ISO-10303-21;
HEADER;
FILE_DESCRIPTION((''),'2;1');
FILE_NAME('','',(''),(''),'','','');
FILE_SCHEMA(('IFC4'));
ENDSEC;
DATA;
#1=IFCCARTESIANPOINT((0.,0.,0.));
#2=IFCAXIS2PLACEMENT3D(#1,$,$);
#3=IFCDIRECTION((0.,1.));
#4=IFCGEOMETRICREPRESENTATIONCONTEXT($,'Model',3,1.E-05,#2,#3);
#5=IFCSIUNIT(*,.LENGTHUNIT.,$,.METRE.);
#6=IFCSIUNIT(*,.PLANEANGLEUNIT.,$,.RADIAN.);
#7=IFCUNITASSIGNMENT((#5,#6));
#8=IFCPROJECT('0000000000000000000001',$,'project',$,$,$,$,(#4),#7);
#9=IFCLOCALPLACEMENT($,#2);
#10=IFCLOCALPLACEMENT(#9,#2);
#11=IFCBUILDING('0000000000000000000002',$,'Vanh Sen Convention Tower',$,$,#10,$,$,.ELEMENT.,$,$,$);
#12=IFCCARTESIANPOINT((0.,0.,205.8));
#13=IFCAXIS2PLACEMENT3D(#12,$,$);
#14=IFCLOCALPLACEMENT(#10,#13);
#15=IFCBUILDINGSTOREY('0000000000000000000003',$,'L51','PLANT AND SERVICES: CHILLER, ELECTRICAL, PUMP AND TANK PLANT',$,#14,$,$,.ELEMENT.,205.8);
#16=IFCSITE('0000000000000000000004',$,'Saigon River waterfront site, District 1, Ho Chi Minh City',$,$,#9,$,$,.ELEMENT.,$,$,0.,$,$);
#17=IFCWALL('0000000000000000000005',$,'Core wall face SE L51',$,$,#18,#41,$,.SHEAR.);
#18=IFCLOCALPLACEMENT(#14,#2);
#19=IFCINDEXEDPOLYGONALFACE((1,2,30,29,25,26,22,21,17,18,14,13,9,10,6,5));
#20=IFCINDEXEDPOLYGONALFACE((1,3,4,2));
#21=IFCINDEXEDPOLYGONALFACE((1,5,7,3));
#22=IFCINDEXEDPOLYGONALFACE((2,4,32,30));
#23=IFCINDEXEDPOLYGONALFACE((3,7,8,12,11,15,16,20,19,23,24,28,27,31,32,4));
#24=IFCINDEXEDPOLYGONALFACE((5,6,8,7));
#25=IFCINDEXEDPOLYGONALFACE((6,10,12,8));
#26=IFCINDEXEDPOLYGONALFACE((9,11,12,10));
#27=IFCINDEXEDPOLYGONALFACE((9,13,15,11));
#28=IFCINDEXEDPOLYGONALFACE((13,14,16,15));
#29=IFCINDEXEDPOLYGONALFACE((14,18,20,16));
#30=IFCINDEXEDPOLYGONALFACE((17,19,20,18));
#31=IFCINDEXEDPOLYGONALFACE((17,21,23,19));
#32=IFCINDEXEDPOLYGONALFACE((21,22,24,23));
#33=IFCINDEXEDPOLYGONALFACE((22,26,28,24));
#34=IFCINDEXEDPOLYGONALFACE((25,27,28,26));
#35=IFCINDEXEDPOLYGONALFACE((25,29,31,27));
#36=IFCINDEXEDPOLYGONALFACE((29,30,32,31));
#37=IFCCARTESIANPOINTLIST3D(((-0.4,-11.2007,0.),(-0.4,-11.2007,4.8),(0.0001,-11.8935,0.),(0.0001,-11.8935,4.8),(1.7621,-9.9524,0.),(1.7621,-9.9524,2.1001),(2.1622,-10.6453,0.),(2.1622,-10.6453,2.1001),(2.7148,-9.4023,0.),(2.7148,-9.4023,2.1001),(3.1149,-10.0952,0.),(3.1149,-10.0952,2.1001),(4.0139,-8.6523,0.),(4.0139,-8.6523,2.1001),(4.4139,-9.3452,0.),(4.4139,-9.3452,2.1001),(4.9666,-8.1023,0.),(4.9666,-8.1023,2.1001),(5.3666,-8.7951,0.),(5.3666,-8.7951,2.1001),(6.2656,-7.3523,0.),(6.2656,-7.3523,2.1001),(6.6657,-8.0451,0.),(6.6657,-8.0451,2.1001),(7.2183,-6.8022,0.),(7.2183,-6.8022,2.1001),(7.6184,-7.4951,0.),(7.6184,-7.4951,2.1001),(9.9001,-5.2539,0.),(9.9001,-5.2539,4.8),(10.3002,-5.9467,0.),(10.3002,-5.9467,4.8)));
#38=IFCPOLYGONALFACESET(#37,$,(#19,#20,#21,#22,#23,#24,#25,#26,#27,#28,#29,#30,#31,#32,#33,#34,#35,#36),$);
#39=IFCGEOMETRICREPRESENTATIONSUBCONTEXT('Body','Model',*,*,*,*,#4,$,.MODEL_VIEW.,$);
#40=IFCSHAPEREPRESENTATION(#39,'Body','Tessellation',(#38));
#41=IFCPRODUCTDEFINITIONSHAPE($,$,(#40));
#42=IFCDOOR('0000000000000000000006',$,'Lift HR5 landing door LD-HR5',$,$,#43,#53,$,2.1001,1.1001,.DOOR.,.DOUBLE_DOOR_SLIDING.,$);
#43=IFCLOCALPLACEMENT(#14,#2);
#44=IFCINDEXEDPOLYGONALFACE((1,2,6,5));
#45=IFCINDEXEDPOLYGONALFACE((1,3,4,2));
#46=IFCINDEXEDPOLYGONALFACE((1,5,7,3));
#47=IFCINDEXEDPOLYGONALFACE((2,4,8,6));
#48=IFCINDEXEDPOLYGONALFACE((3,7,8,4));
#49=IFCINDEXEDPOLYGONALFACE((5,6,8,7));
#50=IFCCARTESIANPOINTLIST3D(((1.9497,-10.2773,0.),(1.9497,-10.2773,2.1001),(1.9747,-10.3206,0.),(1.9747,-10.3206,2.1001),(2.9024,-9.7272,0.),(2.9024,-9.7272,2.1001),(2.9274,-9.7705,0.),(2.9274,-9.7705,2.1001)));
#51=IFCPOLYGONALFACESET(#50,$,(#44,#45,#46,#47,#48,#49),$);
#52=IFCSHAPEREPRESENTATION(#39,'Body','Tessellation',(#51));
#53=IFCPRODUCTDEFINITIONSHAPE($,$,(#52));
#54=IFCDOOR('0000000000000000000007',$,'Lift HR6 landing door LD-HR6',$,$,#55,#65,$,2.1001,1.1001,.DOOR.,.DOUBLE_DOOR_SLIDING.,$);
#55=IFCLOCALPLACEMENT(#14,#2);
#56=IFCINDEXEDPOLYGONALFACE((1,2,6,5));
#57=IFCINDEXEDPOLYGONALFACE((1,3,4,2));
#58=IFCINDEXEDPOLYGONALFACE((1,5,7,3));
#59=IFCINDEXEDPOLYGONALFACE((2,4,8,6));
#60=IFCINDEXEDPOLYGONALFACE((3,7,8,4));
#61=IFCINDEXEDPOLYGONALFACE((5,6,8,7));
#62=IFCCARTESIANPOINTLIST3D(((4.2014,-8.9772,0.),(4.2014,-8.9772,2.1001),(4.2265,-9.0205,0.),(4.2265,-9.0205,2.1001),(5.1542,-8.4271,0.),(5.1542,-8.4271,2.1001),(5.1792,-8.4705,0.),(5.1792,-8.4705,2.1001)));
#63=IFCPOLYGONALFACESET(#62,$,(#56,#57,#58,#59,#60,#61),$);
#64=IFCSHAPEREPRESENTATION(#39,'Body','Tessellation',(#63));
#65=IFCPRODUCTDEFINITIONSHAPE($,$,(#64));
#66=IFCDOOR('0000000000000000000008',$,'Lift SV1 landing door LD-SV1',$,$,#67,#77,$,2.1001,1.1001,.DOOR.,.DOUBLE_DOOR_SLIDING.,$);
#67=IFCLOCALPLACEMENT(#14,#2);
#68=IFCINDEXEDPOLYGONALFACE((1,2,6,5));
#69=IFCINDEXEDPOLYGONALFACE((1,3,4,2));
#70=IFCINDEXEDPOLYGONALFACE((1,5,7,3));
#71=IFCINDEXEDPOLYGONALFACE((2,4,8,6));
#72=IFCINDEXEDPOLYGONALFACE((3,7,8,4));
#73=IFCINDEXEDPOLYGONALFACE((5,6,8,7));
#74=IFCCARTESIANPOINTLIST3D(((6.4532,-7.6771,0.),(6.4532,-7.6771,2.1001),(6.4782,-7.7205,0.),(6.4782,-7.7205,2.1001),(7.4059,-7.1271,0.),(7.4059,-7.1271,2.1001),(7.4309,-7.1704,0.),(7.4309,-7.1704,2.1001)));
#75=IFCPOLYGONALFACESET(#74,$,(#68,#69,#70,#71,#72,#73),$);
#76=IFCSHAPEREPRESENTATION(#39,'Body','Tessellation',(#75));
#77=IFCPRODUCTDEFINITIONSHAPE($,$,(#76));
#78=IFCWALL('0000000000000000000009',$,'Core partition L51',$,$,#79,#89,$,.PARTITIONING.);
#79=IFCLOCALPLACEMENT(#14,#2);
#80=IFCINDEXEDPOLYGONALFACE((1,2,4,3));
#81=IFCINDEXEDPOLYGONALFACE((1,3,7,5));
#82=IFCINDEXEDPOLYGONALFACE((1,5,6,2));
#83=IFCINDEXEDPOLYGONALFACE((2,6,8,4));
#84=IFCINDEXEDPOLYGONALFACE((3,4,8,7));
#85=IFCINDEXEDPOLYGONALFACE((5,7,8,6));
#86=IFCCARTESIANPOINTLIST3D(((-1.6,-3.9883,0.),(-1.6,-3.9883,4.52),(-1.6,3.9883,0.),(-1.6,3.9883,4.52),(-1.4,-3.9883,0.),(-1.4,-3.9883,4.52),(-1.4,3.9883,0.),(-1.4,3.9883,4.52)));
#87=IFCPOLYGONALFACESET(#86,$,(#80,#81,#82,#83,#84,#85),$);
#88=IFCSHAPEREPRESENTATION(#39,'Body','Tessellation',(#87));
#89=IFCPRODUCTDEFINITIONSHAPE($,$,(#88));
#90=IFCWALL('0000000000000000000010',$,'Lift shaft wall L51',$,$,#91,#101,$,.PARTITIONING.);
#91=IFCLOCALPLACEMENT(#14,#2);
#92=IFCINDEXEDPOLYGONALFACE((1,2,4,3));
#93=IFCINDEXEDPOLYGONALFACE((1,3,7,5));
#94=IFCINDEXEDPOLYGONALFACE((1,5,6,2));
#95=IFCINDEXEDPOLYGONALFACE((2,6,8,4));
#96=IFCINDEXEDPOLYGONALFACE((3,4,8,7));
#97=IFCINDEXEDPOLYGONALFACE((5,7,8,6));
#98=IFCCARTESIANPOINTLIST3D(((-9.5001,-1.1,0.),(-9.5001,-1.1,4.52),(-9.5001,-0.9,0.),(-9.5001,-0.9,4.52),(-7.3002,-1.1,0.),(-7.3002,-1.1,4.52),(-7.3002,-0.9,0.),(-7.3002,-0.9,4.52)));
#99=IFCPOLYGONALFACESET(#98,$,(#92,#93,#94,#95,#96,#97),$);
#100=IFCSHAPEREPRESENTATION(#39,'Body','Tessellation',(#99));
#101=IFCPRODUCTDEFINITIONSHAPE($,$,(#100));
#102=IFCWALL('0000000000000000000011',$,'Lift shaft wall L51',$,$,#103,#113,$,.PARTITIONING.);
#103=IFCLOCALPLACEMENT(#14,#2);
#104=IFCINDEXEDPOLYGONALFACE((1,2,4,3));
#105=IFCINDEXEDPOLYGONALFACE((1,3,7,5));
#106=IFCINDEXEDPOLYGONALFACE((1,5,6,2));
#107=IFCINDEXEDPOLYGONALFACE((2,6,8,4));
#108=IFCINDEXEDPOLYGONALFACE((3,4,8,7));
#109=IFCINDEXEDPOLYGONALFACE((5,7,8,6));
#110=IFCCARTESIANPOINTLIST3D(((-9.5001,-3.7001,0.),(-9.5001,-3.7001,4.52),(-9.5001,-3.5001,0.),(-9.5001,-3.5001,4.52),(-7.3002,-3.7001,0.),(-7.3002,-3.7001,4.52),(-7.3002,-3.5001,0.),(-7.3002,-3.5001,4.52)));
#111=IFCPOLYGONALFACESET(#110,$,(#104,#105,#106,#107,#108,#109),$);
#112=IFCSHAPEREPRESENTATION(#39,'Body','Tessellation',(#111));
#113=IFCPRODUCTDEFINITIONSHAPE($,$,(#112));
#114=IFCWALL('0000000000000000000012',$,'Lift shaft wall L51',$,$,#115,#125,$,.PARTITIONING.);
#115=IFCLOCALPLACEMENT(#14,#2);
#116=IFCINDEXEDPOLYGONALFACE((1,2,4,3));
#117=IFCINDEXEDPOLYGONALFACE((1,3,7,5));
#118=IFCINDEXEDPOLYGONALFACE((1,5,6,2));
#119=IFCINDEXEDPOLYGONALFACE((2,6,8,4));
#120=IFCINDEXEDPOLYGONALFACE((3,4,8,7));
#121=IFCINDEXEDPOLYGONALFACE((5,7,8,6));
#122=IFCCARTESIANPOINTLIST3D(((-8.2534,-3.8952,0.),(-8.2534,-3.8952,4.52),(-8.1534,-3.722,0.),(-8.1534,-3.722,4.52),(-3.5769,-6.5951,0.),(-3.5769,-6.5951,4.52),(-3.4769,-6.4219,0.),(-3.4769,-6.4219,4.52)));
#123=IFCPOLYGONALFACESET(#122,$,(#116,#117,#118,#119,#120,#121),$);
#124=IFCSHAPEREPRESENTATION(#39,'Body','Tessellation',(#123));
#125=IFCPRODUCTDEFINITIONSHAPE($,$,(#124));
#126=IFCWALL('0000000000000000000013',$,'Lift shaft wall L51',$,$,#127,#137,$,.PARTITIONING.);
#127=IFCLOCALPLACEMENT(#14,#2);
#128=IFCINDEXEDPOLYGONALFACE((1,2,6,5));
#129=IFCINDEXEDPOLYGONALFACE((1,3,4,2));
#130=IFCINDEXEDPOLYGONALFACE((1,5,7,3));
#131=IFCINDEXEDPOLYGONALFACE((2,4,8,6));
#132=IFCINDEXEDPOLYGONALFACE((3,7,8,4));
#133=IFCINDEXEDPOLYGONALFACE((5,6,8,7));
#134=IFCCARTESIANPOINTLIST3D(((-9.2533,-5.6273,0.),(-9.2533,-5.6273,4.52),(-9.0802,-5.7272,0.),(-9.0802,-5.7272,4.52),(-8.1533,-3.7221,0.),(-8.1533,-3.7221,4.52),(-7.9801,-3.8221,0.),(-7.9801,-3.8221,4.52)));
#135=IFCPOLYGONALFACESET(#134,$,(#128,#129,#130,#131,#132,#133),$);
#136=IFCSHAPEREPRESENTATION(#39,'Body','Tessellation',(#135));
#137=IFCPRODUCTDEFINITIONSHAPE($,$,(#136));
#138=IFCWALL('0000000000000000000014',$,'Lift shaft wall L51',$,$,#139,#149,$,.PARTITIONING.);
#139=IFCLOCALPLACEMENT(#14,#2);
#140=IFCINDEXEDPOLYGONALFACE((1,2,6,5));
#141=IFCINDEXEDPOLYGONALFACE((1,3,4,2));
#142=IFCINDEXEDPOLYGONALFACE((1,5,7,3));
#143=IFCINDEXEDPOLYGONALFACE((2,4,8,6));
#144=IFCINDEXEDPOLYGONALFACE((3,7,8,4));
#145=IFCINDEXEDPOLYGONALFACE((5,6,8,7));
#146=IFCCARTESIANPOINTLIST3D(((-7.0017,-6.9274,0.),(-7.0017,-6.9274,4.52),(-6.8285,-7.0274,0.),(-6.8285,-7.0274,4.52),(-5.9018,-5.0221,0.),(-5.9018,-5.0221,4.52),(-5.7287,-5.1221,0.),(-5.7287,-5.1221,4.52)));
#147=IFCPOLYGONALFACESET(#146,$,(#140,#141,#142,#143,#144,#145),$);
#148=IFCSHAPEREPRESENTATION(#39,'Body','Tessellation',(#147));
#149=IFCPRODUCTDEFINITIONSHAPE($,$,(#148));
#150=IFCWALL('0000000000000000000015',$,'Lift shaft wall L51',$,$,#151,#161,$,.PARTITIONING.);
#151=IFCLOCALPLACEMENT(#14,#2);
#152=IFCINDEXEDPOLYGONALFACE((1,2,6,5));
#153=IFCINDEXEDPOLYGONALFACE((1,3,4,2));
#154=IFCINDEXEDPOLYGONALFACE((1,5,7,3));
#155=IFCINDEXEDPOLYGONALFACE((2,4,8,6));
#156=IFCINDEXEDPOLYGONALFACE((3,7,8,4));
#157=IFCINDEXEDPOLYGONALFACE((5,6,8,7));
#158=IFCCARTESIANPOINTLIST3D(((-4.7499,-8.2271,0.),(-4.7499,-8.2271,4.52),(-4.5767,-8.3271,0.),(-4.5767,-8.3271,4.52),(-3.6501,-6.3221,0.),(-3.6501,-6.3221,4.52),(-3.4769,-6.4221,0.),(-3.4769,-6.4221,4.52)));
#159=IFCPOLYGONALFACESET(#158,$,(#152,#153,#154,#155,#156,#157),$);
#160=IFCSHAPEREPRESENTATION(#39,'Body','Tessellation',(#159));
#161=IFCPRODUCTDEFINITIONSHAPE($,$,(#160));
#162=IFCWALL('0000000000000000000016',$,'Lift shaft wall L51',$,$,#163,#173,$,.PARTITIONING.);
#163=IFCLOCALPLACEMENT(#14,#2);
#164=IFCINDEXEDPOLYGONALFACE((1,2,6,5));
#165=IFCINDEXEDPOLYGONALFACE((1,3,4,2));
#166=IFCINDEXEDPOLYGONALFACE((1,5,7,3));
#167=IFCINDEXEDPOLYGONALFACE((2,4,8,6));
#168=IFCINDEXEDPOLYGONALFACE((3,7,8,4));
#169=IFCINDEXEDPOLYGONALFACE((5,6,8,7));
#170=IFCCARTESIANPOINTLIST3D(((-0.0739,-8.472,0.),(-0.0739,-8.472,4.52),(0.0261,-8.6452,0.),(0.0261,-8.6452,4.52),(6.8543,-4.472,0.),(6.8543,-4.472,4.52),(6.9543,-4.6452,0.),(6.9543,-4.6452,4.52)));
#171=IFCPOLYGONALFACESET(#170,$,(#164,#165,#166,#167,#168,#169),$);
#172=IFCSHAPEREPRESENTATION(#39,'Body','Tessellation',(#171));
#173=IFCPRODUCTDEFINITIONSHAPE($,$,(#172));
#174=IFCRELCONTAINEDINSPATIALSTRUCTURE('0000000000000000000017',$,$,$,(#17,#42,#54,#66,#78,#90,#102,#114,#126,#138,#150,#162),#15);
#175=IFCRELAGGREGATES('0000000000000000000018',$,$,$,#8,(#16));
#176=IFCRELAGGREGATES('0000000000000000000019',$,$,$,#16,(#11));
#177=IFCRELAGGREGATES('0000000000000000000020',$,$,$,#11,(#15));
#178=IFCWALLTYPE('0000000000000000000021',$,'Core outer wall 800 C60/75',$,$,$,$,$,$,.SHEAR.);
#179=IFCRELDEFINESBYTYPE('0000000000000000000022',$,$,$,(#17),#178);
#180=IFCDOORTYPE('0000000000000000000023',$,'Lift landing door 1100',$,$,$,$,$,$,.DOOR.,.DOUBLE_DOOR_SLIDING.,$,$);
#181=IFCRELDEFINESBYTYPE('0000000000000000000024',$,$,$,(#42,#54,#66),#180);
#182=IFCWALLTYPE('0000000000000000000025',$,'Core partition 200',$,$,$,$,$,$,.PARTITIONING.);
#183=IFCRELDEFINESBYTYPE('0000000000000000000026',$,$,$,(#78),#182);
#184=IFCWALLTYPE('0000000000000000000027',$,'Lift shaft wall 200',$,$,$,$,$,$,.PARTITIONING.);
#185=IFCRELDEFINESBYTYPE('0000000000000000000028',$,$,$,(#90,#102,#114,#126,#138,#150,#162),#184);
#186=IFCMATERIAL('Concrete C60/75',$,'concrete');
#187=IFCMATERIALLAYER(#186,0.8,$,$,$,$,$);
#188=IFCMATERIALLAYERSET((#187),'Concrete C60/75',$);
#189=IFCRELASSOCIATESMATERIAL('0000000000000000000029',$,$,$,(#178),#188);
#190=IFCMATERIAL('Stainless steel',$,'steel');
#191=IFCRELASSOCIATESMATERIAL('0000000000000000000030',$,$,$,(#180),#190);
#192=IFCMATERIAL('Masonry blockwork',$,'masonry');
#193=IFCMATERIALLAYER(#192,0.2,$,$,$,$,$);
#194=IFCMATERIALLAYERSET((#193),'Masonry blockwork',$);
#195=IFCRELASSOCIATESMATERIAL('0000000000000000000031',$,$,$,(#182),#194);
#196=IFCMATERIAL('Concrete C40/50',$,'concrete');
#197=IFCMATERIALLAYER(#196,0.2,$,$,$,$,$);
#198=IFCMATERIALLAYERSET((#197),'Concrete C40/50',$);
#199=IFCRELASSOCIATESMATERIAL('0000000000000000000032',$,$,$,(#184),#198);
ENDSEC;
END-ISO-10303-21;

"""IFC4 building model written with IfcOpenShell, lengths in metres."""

from ifc_helpers import new_model, si_unit, direction, frame, frame_2d, origin, place, context, subcontext, project, spatial, rectangle, extrude, material, layer, layer_set, type_object, element, fill, save


model = new_model("IFC4")

# Units and contexts
model_context = context("Model", 3, precision=1e-05, world=origin(), true_north=direction((0.0, 1.0)))
body_context = subcontext(model_context, "Body", "Model", "MODEL_VIEW")
ifc_project = project(units=[si_unit("LENGTHUNIT", "METRE"), si_unit("PLANEANGLEUNIT", "RADIAN")], contexts=[model_context])

# Site, building, storey
site_placement = place(None, origin())
site = spatial("IfcSite", under=ifc_project, at=site_placement, Name="Saigon River waterfront site, District 1, Ho Chi Minh City", CompositionType="ELEMENT", RefElevation=0.0)
building_placement = place(site_placement, origin())
building = spatial("IfcBuilding", under=site, at=building_placement, Name="Vanh Sen Convention Tower", CompositionType="ELEMENT")
storey_placement = place(building_placement, frame((0.0, 0.0, 205.8)))
storey = spatial("IfcBuildingStorey", under=building, at=storey_placement, Name="L51", Description="PLANT AND SERVICES: CHILLER, ELECTRICAL, PUMP AND TANK PLANT", CompositionType="ELEMENT", Elevation=205.8)

# Shared definitions
ifc_material_1 = material(Name="Concrete C40/50", Category="concrete")

# Wall, openings, doors
ifc_material_2 = material(Name="Concrete C60/75", Category="concrete")
ifc_layer_1 = layer(ifc_material_2, 0.8)
ifc_layer_set_1 = layer_set([ifc_layer_1], Name="Concrete C60/75")
wall_type_1 = type_object("IfcWallType", Name="Core outer wall 800 C60/75", PredefinedType="SHEAR", material=ifc_layer_set_1)
ifc_material_3 = material(Name="Stainless steel", Category="steel")
door_type_1 = type_object("IfcDoorType", Name="Lift landing door 1100", OperationType="DOUBLE_DOOR_SLIDING", PredefinedType="DOOR", material=ifc_material_3)
wall_1_placement = place(storey_placement, frame((-0.2, -11.5471, 0.0), z_axis=(0.0, 0.0, 1.0), x_axis=(0.866024, 0.500003, 0.0)))
wall_1 = element("IfcWall", 1, at=wall_1_placement, inside=storey, type_object=wall_type_1, Name="Core wall face SE L51", PredefinedType="SHEAR", context=body_context, shape_type="SweptSolid", body=[
    extrude(rectangle(XDim=11.8936, YDim=0.8, at=frame_2d((5.9468, 0.0))), origin(), (0.0, 0.0, 1.0), 4.8),
])
opening_1_placement = place(wall_1_placement, frame((2.4966, 0.0, 0.0)))
opening_1 = element("IfcOpeningElement", 2, at=opening_1_placement, cuts=wall_1, PredefinedType="OPENING", context=body_context, shape_type="SweptSolid", body=[
    extrude(rectangle(XDim=1.1001, YDim=2.1001, at=frame_2d((0.55, 1.05))), frame((0.0, 0.4099, 0.0), z_axis=(0.0, -1.0, 0.0), x_axis=(1.0, 0.0, 0.0)), (0.0, 0.0, 1.0), 0.8201),
])
opening_2_placement = place(wall_1_placement, frame((5.0967, 0.0, 0.0)))
opening_2 = element("IfcOpeningElement", 3, at=opening_2_placement, cuts=wall_1, PredefinedType="OPENING", context=body_context, shape_type="SweptSolid", body=[
    extrude(rectangle(XDim=1.1001, YDim=2.1001, at=frame_2d((0.55, 1.05))), frame((0.0, 0.4099, 0.0), z_axis=(0.0, -1.0, 0.0), x_axis=(1.0, 0.0, 0.0)), (0.0, 0.0, 1.0), 0.8201),
])
opening_3_placement = place(wall_1_placement, frame((7.6968, 0.0, 0.0)))
opening_3 = element("IfcOpeningElement", 4, at=opening_3_placement, cuts=wall_1, PredefinedType="OPENING", context=body_context, shape_type="SweptSolid", body=[
    extrude(rectangle(XDim=1.1001, YDim=2.1001, at=frame_2d((0.55, 1.05))), frame((0.0, 0.4099, 0.0), z_axis=(0.0, -1.0, 0.0), x_axis=(1.0, 0.0, 0.0)), (0.0, 0.0, 1.0), 0.8201),
])
door_1_placement = place(opening_1_placement, origin())
door_1 = element("IfcDoor", 5, at=door_1_placement, inside=storey, type_object=door_type_1, Name="Lift HR5 landing door LD-HR5", OperationType="DOUBLE_DOOR_SLIDING", OverallHeight=2.1001, OverallWidth=1.1001, PredefinedType="DOOR", context=body_context, shape_type="SweptSolid", body=[
    extrude(rectangle(XDim=1.1001, YDim=2.1001, at=frame_2d((0.55, 1.05))), frame((0.0, 0.0249, 0.0), z_axis=(0.0, -1.0, 0.0), x_axis=(1.0, 0.0, 0.0)), (0.0, 0.0, 1.0), 0.05),
])
fill(opening_1, door_1)
door_2_placement = place(opening_2_placement, origin())
door_2 = element("IfcDoor", 6, at=door_2_placement, inside=storey, type_object=door_type_1, Name="Lift HR6 landing door LD-HR6", OperationType="DOUBLE_DOOR_SLIDING", OverallHeight=2.1001, OverallWidth=1.1001, PredefinedType="DOOR", context=body_context, shape_type="SweptSolid", body=[
    extrude(rectangle(XDim=1.1001, YDim=2.1001, at=frame_2d((0.55, 1.05))), frame((0.0, 0.0249, 0.0), z_axis=(0.0, -1.0, 0.0), x_axis=(1.0, 0.0, 0.0)), (0.0, 0.0, 1.0), 0.05),
])
fill(opening_2, door_2)
door_3_placement = place(opening_3_placement, origin())
door_3 = element("IfcDoor", 7, at=door_3_placement, inside=storey, type_object=door_type_1, Name="Lift SV1 landing door LD-SV1", OperationType="DOUBLE_DOOR_SLIDING", OverallHeight=2.1001, OverallWidth=1.1001, PredefinedType="DOOR", context=body_context, shape_type="SweptSolid", body=[
    extrude(rectangle(XDim=1.1001, YDim=2.1001, at=frame_2d((0.55, 1.05))), frame((0.0, 0.0249, 0.0), z_axis=(0.0, -1.0, 0.0), x_axis=(1.0, 0.0, 0.0)), (0.0, 0.0, 1.0), 0.05),
])
fill(opening_3, door_3)

# Walls
ifc_material_4 = material(Name="Masonry blockwork", Category="masonry")
ifc_layer_2 = layer(ifc_material_4, 0.2)
ifc_layer_set_2 = layer_set([ifc_layer_2], Name="Masonry blockwork")
wall_type_2 = type_object("IfcWallType", Name="Core partition 200", PredefinedType="PARTITIONING", material=ifc_layer_set_2)
wall_2_placement = place(storey_placement, frame((-1.5, -3.9883, 0.0), z_axis=(0.0, 0.0, 1.0), x_axis=(0.0, 1.0, 0.0)))
element("IfcWall", 8, at=wall_2_placement, inside=storey, type_object=wall_type_2, Name="Core partition L51", PredefinedType="PARTITIONING", context=body_context, shape_type="SweptSolid", body=[
    extrude(rectangle(XDim=7.9766, YDim=0.2, at=frame_2d((3.9883, 0.0))), origin(), (0.0, 0.0, 1.0), 4.52),
])
ifc_layer_3 = layer(ifc_material_1, 0.2)
ifc_layer_set_3 = layer_set([ifc_layer_3], Name="Concrete C40/50")
wall_type_3 = type_object("IfcWallType", Name="Lift shaft wall 200", PredefinedType="PARTITIONING", material=ifc_layer_set_3)
for number, where, z_axis, x_axis, name in (
    (9, (-7.3, -1.0, 0.0), (0.0, 0.0, 1.0), (-1.0, 0.0, 0.0), "Lift shaft wall L51"),
    (10, (-7.3, -3.6001, 0.0), (0.0, 0.0, 1.0), (-1.0, 0.0, 0.0), "Lift shaft wall L51"),
):
    element("IfcWall", number, at=place(storey_placement, frame(where, z_axis=z_axis, x_axis=x_axis)), inside=storey, type_object=wall_type_3, Name=name, PredefinedType="PARTITIONING", context=body_context, shape_type="SweptSolid", body=[
        extrude(rectangle(XDim=2.2, YDim=0.2, at=frame_2d((1.1001, 0.0))), origin(), (0.0, 0.0, 1.0), 4.52),
    ])
wall_3_placement = place(storey_placement, frame((-8.2034, -3.8086, 0.0), z_axis=(0.0, 0.0, 1.0), x_axis=(0.866028, -0.499995, 0.0)))
element("IfcWall", 11, at=wall_3_placement, inside=storey, type_object=wall_type_3, Name="Lift shaft wall L51", PredefinedType="PARTITIONING", context=body_context, shape_type="SweptSolid", body=[
    extrude(rectangle(XDim=5.3999, YDim=0.2, at=frame_2d((2.7, 0.0))), origin(), (0.0, 0.0, 1.0), 4.52),
])
for number, where, z_axis, x_axis, name in (
    (12, (-8.0667, -3.772, 0.0), (0.0, 0.0, 1.0), (-0.50003, -0.866008, 0.0), "Lift shaft wall L51"),
    (13, (-5.8152, -5.072, 0.0), (0.0, 0.0, 1.0), (-0.499947, -0.866056, 0.0), "Lift shaft wall L51"),
):
    element("IfcWall", number, at=place(storey_placement, frame(where, z_axis=z_axis, x_axis=x_axis)), inside=storey, type_object=wall_type_3, Name=name, PredefinedType="PARTITIONING", context=body_context, shape_type="SweptSolid", body=[
        extrude(rectangle(XDim=2.2, YDim=0.2, at=frame_2d((1.1001, 0.0))), origin(), (0.0, 0.0, 1.0), 4.52),
    ])
wall_4_placement = place(storey_placement, frame((-3.5635, -6.3721, 0.0), z_axis=(0.0, 0.0, 1.0), x_axis=(-0.499995, -0.866028, 0.0)))
element("IfcWall", 14, at=wall_4_placement, inside=storey, type_object=wall_type_3, Name="Lift shaft wall L51", PredefinedType="PARTITIONING", context=body_context, shape_type="SweptSolid", body=[
    extrude(rectangle(XDim=2.1997, YDim=0.2, at=frame_2d((1.0999, 0.0))), origin(), (0.0, 0.0, 1.0), 4.52),
])
wall_5_placement = place(storey_placement, frame((-0.0239, -8.5586, 0.0), z_axis=(0.0, 0.0, 1.0), x_axis=(0.866026, 0.499999, 0.0)))
element("IfcWall", 15, at=wall_5_placement, inside=storey, type_object=wall_type_3, Name="Lift shaft wall L51", PredefinedType="PARTITIONING", context=body_context, shape_type="SweptSolid", body=[
    extrude(rectangle(XDim=8.0, YDim=0.2, at=frame_2d((4.0, 0.0))), origin(), (0.0, 0.0, 1.0), 4.52),
])

save(model, "model.ifc")
